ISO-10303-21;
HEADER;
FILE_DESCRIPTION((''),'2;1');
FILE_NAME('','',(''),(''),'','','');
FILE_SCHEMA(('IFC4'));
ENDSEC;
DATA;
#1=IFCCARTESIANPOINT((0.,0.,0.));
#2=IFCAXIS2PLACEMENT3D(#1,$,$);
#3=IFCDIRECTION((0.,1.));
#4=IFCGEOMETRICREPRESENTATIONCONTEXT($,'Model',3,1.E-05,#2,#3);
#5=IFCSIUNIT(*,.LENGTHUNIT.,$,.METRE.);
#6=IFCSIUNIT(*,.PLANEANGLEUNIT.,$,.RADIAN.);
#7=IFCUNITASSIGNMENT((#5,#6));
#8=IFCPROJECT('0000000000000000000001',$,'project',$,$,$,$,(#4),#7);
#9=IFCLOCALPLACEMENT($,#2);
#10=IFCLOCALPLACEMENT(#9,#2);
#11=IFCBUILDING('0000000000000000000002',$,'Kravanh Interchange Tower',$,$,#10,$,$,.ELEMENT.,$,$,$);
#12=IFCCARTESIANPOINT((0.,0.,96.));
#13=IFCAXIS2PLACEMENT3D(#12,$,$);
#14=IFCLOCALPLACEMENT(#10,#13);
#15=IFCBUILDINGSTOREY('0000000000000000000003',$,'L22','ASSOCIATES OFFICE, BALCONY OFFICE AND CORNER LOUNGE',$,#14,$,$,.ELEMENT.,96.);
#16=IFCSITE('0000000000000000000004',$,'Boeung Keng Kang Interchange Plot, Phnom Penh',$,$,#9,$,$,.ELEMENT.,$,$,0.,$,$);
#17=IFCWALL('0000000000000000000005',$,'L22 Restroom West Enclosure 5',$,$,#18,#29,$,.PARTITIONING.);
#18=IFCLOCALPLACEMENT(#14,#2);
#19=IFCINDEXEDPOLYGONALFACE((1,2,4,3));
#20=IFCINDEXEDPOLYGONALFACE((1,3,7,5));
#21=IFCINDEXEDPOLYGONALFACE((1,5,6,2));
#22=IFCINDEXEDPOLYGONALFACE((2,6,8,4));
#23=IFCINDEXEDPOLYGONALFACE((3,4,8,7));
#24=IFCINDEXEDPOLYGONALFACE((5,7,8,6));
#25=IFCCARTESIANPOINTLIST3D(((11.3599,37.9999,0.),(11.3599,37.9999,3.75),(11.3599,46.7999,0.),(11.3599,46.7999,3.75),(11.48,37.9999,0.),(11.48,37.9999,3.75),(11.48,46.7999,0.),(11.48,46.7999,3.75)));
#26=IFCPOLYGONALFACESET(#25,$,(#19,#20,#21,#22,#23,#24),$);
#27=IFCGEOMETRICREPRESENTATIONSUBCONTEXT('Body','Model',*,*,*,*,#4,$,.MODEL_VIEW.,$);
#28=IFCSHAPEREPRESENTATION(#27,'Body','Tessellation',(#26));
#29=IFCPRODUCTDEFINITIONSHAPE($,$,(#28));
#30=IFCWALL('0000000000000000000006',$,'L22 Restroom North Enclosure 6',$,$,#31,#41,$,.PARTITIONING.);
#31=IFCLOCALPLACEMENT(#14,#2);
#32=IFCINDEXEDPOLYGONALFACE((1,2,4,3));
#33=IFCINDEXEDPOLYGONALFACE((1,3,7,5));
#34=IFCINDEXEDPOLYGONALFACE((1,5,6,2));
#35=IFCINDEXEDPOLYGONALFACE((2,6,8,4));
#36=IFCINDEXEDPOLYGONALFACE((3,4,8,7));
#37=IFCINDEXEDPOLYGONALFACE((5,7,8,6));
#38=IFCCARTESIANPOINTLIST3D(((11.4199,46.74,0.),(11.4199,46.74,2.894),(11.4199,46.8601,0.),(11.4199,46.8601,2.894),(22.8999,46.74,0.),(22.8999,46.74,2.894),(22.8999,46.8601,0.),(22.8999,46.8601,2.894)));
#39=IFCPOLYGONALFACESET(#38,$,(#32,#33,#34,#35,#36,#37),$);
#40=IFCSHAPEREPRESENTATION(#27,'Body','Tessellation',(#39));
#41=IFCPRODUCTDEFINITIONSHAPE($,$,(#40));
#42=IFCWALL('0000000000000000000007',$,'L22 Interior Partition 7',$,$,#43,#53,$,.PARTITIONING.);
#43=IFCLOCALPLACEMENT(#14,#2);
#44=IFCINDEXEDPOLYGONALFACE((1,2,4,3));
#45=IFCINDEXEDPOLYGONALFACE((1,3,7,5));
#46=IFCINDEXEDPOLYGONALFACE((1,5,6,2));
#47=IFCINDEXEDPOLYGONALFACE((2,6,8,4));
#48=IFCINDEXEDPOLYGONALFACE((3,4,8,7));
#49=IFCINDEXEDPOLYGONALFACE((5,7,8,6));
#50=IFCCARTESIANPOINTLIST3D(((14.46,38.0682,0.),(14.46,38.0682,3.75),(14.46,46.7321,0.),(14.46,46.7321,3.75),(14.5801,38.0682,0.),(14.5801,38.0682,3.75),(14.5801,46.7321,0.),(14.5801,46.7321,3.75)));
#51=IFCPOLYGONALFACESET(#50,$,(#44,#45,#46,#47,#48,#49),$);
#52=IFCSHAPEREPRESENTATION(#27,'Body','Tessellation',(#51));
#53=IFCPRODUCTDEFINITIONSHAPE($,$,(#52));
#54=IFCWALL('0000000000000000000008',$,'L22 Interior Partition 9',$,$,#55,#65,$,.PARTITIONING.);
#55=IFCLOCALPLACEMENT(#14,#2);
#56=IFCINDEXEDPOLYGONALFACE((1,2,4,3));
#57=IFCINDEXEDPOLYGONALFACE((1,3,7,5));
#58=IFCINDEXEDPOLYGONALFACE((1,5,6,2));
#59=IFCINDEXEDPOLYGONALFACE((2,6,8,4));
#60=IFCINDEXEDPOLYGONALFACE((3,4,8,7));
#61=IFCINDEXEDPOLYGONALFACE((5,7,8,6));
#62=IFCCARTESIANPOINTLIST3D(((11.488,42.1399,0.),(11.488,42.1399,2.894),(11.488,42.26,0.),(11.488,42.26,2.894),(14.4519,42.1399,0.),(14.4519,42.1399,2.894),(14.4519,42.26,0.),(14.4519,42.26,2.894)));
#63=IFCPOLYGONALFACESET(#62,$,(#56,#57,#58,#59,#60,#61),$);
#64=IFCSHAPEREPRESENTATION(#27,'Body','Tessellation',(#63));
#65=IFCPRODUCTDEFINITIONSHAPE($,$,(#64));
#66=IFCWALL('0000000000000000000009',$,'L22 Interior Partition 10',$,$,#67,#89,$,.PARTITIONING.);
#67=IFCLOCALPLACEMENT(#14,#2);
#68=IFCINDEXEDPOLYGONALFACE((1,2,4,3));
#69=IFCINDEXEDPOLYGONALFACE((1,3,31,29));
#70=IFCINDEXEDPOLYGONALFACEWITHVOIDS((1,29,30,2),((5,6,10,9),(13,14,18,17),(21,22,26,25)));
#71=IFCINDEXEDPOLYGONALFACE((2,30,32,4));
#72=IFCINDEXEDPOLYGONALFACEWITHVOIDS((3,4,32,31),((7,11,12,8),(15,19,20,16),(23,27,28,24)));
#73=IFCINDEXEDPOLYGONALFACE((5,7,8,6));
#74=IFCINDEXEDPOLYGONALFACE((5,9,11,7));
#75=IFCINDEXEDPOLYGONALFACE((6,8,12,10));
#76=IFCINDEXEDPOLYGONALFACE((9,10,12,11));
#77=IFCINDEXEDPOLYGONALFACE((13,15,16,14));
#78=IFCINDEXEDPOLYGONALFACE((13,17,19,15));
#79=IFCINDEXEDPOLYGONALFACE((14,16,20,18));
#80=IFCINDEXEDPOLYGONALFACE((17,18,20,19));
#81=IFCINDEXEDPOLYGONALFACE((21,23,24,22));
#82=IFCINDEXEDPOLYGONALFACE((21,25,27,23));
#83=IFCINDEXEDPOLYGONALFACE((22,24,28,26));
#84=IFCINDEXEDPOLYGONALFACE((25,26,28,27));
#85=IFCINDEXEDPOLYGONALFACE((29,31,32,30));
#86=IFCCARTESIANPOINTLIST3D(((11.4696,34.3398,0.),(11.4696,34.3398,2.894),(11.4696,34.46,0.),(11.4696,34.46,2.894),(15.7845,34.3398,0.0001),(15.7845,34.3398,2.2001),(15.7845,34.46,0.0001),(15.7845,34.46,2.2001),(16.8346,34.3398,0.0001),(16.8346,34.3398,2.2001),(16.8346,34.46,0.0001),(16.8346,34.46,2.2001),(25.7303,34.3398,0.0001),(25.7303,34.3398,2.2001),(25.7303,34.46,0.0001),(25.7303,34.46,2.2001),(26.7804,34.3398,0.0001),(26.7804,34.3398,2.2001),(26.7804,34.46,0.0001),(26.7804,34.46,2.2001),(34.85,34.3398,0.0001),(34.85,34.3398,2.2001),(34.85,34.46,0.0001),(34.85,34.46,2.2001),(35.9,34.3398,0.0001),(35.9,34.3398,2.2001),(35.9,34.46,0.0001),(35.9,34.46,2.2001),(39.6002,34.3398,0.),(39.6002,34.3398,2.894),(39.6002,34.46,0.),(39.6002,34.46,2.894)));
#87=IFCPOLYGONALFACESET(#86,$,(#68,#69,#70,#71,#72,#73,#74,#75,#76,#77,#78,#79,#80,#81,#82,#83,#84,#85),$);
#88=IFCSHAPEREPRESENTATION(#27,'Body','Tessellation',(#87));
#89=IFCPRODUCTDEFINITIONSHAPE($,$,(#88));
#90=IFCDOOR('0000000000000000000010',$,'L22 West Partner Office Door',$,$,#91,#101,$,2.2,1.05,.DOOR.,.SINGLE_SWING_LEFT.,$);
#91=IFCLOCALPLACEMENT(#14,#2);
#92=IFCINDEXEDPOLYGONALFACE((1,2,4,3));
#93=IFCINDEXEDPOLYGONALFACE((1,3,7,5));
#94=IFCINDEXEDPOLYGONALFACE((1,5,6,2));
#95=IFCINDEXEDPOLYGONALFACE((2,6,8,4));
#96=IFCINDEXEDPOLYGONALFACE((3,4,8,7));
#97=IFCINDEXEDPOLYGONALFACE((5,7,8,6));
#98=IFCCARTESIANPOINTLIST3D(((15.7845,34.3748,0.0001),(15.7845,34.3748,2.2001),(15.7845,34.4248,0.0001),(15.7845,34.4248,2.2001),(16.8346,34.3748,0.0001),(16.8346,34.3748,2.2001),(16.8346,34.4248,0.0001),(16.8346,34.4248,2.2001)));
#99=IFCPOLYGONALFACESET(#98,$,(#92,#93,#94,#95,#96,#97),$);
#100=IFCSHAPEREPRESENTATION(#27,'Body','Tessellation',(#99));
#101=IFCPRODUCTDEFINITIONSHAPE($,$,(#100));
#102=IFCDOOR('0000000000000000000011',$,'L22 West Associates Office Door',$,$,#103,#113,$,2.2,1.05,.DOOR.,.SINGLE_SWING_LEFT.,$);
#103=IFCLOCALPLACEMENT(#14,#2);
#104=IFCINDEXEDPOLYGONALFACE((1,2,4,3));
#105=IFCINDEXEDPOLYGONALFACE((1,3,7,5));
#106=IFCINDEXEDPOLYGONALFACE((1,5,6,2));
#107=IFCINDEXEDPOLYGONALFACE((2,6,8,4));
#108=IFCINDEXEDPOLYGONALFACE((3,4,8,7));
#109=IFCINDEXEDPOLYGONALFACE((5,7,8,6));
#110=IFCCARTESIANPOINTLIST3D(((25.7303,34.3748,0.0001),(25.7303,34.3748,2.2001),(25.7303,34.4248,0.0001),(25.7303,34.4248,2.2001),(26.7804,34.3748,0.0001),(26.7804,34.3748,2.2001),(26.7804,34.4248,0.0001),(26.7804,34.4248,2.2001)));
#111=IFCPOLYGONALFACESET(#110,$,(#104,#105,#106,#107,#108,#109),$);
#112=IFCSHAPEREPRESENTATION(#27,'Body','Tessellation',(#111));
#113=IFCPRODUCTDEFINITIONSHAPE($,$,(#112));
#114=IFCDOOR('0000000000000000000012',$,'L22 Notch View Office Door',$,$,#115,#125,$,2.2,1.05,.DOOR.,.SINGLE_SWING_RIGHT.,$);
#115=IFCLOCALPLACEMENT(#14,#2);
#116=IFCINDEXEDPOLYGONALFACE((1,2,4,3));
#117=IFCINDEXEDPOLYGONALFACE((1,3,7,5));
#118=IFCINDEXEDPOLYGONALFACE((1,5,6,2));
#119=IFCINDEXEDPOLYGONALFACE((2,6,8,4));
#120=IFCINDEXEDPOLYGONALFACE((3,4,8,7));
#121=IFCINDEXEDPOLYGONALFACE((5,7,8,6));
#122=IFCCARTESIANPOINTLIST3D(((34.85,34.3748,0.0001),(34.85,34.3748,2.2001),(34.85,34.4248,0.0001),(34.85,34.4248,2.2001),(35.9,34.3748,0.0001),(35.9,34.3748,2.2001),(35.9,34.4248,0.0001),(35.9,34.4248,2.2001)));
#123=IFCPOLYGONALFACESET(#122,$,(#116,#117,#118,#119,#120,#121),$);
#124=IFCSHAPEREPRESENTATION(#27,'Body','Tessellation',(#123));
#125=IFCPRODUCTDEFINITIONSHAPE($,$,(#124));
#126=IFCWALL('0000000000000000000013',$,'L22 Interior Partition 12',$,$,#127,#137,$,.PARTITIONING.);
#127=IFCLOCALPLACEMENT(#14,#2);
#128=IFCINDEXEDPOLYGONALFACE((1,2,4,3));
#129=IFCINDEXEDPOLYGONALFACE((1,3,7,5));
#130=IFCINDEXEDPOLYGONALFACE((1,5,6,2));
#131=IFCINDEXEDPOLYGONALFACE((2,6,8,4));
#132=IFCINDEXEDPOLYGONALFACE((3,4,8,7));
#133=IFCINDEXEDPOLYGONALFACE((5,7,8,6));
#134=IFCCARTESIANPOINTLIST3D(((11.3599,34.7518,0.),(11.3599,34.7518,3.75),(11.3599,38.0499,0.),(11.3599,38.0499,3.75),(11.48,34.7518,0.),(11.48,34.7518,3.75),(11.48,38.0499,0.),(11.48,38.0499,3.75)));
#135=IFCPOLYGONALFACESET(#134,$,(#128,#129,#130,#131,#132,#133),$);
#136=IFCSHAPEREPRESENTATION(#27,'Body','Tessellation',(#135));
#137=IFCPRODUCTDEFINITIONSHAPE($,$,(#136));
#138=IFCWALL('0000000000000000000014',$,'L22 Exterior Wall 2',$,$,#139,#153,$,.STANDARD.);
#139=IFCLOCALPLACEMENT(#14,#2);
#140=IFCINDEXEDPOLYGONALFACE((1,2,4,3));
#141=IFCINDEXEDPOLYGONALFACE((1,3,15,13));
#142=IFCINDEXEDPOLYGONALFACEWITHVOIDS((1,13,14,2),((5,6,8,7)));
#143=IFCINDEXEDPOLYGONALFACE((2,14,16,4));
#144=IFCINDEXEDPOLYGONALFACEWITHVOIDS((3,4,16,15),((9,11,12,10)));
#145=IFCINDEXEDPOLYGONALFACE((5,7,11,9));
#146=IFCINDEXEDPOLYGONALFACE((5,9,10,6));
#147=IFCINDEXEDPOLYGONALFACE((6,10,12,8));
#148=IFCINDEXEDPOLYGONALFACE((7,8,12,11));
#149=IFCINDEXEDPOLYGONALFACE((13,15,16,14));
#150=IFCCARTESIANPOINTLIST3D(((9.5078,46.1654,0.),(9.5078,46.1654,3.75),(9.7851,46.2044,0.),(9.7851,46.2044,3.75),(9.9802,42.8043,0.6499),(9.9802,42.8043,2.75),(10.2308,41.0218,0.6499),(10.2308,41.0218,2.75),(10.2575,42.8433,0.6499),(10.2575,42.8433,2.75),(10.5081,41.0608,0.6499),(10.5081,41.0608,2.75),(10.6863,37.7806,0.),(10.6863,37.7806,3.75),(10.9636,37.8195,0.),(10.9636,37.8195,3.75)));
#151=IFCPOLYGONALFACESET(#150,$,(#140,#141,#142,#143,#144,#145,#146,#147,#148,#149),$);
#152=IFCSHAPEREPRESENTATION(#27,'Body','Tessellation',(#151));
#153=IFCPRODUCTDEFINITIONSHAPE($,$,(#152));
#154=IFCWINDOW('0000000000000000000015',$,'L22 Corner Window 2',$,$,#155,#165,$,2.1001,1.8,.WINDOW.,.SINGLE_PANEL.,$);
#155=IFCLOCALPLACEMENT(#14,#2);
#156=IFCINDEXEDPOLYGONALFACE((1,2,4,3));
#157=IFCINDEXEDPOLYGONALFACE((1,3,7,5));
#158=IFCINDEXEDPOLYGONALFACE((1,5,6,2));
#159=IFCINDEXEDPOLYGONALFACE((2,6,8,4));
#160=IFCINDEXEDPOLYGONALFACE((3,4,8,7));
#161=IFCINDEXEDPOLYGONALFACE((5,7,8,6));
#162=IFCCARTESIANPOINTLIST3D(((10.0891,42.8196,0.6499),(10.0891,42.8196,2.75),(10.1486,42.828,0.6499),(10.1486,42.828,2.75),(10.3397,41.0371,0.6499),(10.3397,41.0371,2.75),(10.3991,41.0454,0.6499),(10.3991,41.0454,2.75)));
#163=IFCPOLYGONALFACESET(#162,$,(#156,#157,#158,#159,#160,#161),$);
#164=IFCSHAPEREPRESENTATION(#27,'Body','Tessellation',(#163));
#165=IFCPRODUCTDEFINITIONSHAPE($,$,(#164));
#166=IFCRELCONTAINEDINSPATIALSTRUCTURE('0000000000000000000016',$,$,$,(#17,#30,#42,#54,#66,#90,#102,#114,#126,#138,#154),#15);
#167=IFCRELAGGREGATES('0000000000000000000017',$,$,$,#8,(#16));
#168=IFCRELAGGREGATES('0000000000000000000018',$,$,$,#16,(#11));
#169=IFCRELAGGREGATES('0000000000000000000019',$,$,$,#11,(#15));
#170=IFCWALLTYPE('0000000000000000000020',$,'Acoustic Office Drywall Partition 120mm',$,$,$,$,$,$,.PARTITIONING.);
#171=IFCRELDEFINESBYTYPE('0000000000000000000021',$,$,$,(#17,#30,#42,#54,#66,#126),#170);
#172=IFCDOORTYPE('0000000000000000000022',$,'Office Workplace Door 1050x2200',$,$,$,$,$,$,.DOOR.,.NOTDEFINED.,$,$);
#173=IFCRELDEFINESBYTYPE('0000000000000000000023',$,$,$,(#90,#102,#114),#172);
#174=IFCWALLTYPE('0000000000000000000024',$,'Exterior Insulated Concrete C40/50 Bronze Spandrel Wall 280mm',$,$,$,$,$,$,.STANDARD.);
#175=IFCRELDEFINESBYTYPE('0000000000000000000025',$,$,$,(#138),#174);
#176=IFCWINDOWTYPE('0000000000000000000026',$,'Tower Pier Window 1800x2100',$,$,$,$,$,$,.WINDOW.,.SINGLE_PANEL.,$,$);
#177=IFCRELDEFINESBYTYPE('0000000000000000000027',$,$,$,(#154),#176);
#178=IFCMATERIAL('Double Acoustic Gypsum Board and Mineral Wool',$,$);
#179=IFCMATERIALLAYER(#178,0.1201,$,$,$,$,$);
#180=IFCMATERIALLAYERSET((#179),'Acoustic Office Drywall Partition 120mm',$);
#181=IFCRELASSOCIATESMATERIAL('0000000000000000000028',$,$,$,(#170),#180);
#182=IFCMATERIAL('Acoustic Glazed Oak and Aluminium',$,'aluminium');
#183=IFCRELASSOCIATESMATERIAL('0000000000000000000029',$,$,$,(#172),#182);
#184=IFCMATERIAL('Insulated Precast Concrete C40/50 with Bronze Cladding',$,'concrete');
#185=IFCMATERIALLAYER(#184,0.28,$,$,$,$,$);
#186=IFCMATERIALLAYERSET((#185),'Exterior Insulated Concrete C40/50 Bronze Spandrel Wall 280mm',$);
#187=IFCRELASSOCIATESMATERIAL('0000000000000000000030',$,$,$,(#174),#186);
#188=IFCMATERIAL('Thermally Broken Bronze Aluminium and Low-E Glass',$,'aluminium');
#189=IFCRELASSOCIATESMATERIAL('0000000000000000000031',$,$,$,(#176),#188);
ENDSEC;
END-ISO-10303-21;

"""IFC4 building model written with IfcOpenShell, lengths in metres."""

from ifc_helpers import new_model, si_unit, direction, frame, frame_2d, origin, place, context, subcontext, project, spatial, rectangle, extrude, material, layer, layer_set, type_object, element, fill, save


model = new_model("IFC4")

# Units and contexts
model_context = context("Model", 3, precision=1e-05, world=origin(), true_north=direction((0.0, 1.0)))
body_context = subcontext(model_context, "Body", "Model", "MODEL_VIEW")
ifc_project = project(units=[si_unit("LENGTHUNIT", "METRE"), si_unit("PLANEANGLEUNIT", "RADIAN")], contexts=[model_context])

# Site, building, storey
site_placement = place(None, origin())
site = spatial("IfcSite", under=ifc_project, at=site_placement, Name="Boeung Keng Kang Interchange Plot, Phnom Penh", CompositionType="ELEMENT", RefElevation=0.0)
building_placement = place(site_placement, origin())
building = spatial("IfcBuilding", under=site, at=building_placement, Name="Kravanh Interchange Tower", CompositionType="ELEMENT")
storey_placement = place(building_placement, frame((0.0, 0.0, 96.0)))
storey = spatial("IfcBuildingStorey", under=building, at=storey_placement, Name="L22", Description="ASSOCIATES OFFICE, BALCONY OFFICE AND CORNER LOUNGE", CompositionType="ELEMENT", Elevation=96.0)

# Shared definitions
ifc_material_1 = material(Name="Double Acoustic Gypsum Board and Mineral Wool")
ifc_layer_1 = layer(ifc_material_1, 0.1201)
ifc_layer_set_1 = layer_set([ifc_layer_1], Name="Acoustic Office Drywall Partition 120mm")
wall_type_1 = type_object("IfcWallType", Name="Acoustic Office Drywall Partition 120mm", PredefinedType="PARTITIONING", material=ifc_layer_set_1)

# Walls
wall_1_placement = place(storey_placement, frame((11.4199, 38.0, 0.0), z_axis=(0.0, 0.0, 1.0), x_axis=(0.0, 1.0, 0.0)))
element("IfcWall", 1, at=wall_1_placement, inside=storey, type_object=wall_type_1, Name="L22 Restroom West Enclosure 5", PredefinedType="PARTITIONING", context=body_context, shape_type="SweptSolid", body=[
    extrude(rectangle(XDim=8.8, YDim=0.1201, at=frame_2d((4.3999, 0.0))), origin(), (0.0, 0.0, 1.0), 3.75),
])
wall_2_placement = place(storey_placement, frame((11.4199, 46.8, 0.0), z_axis=(0.0, 0.0, 1.0), x_axis=(1.0, 0.0, 0.0)))
element("IfcWall", 2, at=wall_2_placement, inside=storey, type_object=wall_type_1, Name="L22 Restroom North Enclosure 6", PredefinedType="PARTITIONING", context=body_context, shape_type="SweptSolid", body=[
    extrude(rectangle(XDim=11.48, YDim=0.1201, at=frame_2d((5.74, 0.0))), origin(), (0.0, 0.0, 1.0), 2.894),
])
wall_3_placement = place(storey_placement, frame((14.52, 38.0681, 0.0), z_axis=(0.0, 0.0, 1.0), x_axis=(0.0, 1.0, 0.0)))
element("IfcWall", 3, at=wall_3_placement, inside=storey, type_object=wall_type_1, Name="L22 Interior Partition 7", PredefinedType="PARTITIONING", context=body_context, shape_type="SweptSolid", body=[
    extrude(rectangle(XDim=8.6638, YDim=0.1201, at=frame_2d((4.332, 0.0))), origin(), (0.0, 0.0, 1.0), 3.75),
])
wall_4_placement = place(storey_placement, frame((11.488, 42.2, 0.0), z_axis=(0.0, 0.0, 1.0), x_axis=(1.0, 0.0, 0.0)))
element("IfcWall", 4, at=wall_4_placement, inside=storey, type_object=wall_type_1, Name="L22 Interior Partition 9", PredefinedType="PARTITIONING", context=body_context, shape_type="SweptSolid", body=[
    extrude(rectangle(XDim=2.9639, YDim=0.1201, at=frame_2d((1.4819, 0.0))), origin(), (0.0, 0.0, 1.0), 2.894),
])

# Wall, openings, doors
wall_5_placement = place(storey_placement, frame((11.4695, 34.3999, 0.0), z_axis=(0.0, 0.0, 1.0), x_axis=(1.0, 0.0, 0.0)))
wall_5 = element("IfcWall", 5, at=wall_5_placement, inside=storey, type_object=wall_type_1, Name="L22 Interior Partition 10", PredefinedType="PARTITIONING", context=body_context, shape_type="SweptSolid", body=[
    extrude(rectangle(XDim=28.1306, YDim=0.1201, at=frame_2d((14.0654, 0.0))), origin(), (0.0, 0.0, 1.0), 2.894),
])
opening_1_placement = place(wall_5_placement, frame((4.3152, 0.0, 0.0)))
opening_1 = element("IfcOpeningElement", 6, at=opening_1_placement, cuts=wall_5, PredefinedType="OPENING", context=body_context, shape_type="SweptSolid", body=[
    extrude(rectangle(XDim=1.05, YDim=2.2, at=frame_2d((0.5249, 1.1001))), frame((0.0, 0.0701, 0.0), z_axis=(0.0, -1.0, 0.0), x_axis=(1.0, 0.0, 0.0)), (0.0, 0.0, 1.0), 0.1401),
])
opening_2_placement = place(wall_5_placement, frame((14.261, 0.0, 0.0)))
opening_2 = element("IfcOpeningElement", 7, at=opening_2_placement, cuts=wall_5, PredefinedType="OPENING", context=body_context, shape_type="SweptSolid", body=[
    extrude(rectangle(XDim=1.05, YDim=2.2, at=frame_2d((0.5249, 1.1001))), frame((0.0, 0.0701, 0.0), z_axis=(0.0, -1.0, 0.0), x_axis=(1.0, 0.0, 0.0)), (0.0, 0.0, 1.0), 0.1401),
])
opening_3_placement = place(wall_5_placement, frame((23.3806, 0.0, 0.0)))
opening_3 = element("IfcOpeningElement", 8, at=opening_3_placement, cuts=wall_5, PredefinedType="OPENING", context=body_context, shape_type="SweptSolid", body=[
    extrude(rectangle(XDim=1.05, YDim=2.2, at=frame_2d((0.5249, 1.1001))), frame((0.0, 0.0701, 0.0), z_axis=(0.0, -1.0, 0.0), x_axis=(1.0, 0.0, 0.0)), (0.0, 0.0, 1.0), 0.1401),
])
ifc_material_2 = material(Name="Acoustic Glazed Oak and Aluminium", Category="aluminium")
door_type_1 = type_object("IfcDoorType", Name="Office Workplace Door 1050x2200", OperationType="NOTDEFINED", PredefinedType="DOOR", material=ifc_material_2)
door_1_placement = place(opening_1_placement, origin())
door_1 = element("IfcDoor", 9, at=door_1_placement, inside=storey, type_object=door_type_1, Name="L22 West Partner Office Door", OperationType="SINGLE_SWING_LEFT", OverallHeight=2.2, OverallWidth=1.05, PredefinedType="DOOR", context=body_context, shape_type="SweptSolid", body=[
    extrude(rectangle(XDim=1.05, YDim=2.2, at=frame_2d((0.5249, 1.1001))), frame((0.0, 0.0249, 0.0), z_axis=(0.0, -1.0, 0.0), x_axis=(1.0, 0.0, 0.0)), (0.0, 0.0, 1.0), 0.05),
])
fill(opening_1, door_1)
door_2_placement = place(opening_2_placement, origin())
door_2 = element("IfcDoor", 10, at=door_2_placement, inside=storey, type_object=door_type_1, Name="L22 West Associates Office Door", OperationType="SINGLE_SWING_LEFT", OverallHeight=2.2, OverallWidth=1.05, PredefinedType="DOOR", context=body_context, shape_type="SweptSolid", body=[
    extrude(rectangle(XDim=1.05, YDim=2.2, at=frame_2d((0.5249, 1.1001))), frame((0.0, 0.0249, 0.0), z_axis=(0.0, -1.0, 0.0), x_axis=(1.0, 0.0, 0.0)), (0.0, 0.0, 1.0), 0.05),
])
fill(opening_2, door_2)
door_3_placement = place(opening_3_placement, origin())
door_3 = element("IfcDoor", 11, at=door_3_placement, inside=storey, type_object=door_type_1, Name="L22 Notch View Office Door", OperationType="SINGLE_SWING_RIGHT", OverallHeight=2.2, OverallWidth=1.05, PredefinedType="DOOR", context=body_context, shape_type="SweptSolid", body=[
    extrude(rectangle(XDim=1.05, YDim=2.2, at=frame_2d((0.5249, 1.1001))), frame((0.0, 0.0249, 0.0), z_axis=(0.0, -1.0, 0.0), x_axis=(1.0, 0.0, 0.0)), (0.0, 0.0, 1.0), 0.05),
])
fill(opening_3, door_3)

# Wall
wall_6_placement = place(storey_placement, frame((11.4199, 34.752, 0.0), z_axis=(0.0, 0.0, 1.0), x_axis=(0.0, 1.0, 0.0)))
element("IfcWall", 12, at=wall_6_placement, inside=storey, type_object=wall_type_1, Name="L22 Interior Partition 12", PredefinedType="PARTITIONING", context=body_context, shape_type="SweptSolid", body=[
    extrude(rectangle(XDim=3.2981, YDim=0.1201, at=frame_2d((1.6489, 0.0))), origin(), (0.0, 0.0, 1.0), 3.75),
])

# Wall, opening, window
ifc_material_3 = material(Name="Insulated Precast Concrete C40/50 with Bronze Cladding", Category="concrete")
ifc_layer_2 = layer(ifc_material_3, 0.28)
ifc_layer_set_2 = layer_set([ifc_layer_2], Name="Exterior Insulated Concrete C40/50 Bronze Spandrel Wall 280mm")
wall_type_2 = type_object("IfcWallType", Name="Exterior Insulated Concrete C40/50 Bronze Spandrel Wall 280mm", PredefinedType="STANDARD", material=ifc_layer_set_2)
wall_7_placement = place(storey_placement, frame((10.825, 37.8, 0.0), z_axis=(0.0, 0.0, 1.0), x_axis=(-0.139181, 0.990267, 0.0)))
wall_7 = element("IfcWall", 13, at=wall_7_placement, inside=storey, type_object=wall_type_2, Name="L22 Exterior Wall 2", PredefinedType="STANDARD", context=body_context, shape_type="SweptSolid", body=[
    extrude(rectangle(XDim=8.4673, YDim=0.28, at=frame_2d((4.2336, 0.0))), origin(), (0.0, 0.0, 1.0), 3.75),
])
opening_4_placement = place(wall_7_placement, frame((3.2732, 0.0, 0.6499)))
opening_4 = element("IfcOpeningElement", 14, at=opening_4_placement, cuts=wall_7, PredefinedType="OPENING", context=body_context, shape_type="SweptSolid", body=[
    extrude(rectangle(XDim=1.8, YDim=2.1001, at=frame_2d((0.8999, 1.05))), frame((0.0, 0.1499, 0.0), z_axis=(0.0, -1.0, 0.0), x_axis=(1.0, 0.0, 0.0)), (0.0, 0.0, 1.0), 0.3),
])
ifc_material_4 = material(Name="Thermally Broken Bronze Aluminium and Low-E Glass", Category="aluminium")
window_type = type_object("IfcWindowType", Name="Tower Pier Window 1800x2100", PartitioningType="SINGLE_PANEL", PredefinedType="WINDOW", material=ifc_material_4)
window_1_placement = place(opening_4_placement, origin())
window_1 = element("IfcWindow", 15, at=window_1_placement, inside=storey, type_object=window_type, Name="L22 Corner Window 2", OverallHeight=2.1001, OverallWidth=1.8, PartitioningType="SINGLE_PANEL", PredefinedType="WINDOW", context=body_context, shape_type="SweptSolid", body=[
    extrude(rectangle(XDim=1.8, YDim=2.1001, at=frame_2d((0.8999, 1.05))), frame((0.0, 0.03, 0.0), z_axis=(0.0, -1.0, 0.0), x_axis=(1.0, 0.0, 0.0)), (0.0, 0.0, 1.0), 0.0601),
])
fill(opening_4, window_1)

save(model, "model.ifc")
